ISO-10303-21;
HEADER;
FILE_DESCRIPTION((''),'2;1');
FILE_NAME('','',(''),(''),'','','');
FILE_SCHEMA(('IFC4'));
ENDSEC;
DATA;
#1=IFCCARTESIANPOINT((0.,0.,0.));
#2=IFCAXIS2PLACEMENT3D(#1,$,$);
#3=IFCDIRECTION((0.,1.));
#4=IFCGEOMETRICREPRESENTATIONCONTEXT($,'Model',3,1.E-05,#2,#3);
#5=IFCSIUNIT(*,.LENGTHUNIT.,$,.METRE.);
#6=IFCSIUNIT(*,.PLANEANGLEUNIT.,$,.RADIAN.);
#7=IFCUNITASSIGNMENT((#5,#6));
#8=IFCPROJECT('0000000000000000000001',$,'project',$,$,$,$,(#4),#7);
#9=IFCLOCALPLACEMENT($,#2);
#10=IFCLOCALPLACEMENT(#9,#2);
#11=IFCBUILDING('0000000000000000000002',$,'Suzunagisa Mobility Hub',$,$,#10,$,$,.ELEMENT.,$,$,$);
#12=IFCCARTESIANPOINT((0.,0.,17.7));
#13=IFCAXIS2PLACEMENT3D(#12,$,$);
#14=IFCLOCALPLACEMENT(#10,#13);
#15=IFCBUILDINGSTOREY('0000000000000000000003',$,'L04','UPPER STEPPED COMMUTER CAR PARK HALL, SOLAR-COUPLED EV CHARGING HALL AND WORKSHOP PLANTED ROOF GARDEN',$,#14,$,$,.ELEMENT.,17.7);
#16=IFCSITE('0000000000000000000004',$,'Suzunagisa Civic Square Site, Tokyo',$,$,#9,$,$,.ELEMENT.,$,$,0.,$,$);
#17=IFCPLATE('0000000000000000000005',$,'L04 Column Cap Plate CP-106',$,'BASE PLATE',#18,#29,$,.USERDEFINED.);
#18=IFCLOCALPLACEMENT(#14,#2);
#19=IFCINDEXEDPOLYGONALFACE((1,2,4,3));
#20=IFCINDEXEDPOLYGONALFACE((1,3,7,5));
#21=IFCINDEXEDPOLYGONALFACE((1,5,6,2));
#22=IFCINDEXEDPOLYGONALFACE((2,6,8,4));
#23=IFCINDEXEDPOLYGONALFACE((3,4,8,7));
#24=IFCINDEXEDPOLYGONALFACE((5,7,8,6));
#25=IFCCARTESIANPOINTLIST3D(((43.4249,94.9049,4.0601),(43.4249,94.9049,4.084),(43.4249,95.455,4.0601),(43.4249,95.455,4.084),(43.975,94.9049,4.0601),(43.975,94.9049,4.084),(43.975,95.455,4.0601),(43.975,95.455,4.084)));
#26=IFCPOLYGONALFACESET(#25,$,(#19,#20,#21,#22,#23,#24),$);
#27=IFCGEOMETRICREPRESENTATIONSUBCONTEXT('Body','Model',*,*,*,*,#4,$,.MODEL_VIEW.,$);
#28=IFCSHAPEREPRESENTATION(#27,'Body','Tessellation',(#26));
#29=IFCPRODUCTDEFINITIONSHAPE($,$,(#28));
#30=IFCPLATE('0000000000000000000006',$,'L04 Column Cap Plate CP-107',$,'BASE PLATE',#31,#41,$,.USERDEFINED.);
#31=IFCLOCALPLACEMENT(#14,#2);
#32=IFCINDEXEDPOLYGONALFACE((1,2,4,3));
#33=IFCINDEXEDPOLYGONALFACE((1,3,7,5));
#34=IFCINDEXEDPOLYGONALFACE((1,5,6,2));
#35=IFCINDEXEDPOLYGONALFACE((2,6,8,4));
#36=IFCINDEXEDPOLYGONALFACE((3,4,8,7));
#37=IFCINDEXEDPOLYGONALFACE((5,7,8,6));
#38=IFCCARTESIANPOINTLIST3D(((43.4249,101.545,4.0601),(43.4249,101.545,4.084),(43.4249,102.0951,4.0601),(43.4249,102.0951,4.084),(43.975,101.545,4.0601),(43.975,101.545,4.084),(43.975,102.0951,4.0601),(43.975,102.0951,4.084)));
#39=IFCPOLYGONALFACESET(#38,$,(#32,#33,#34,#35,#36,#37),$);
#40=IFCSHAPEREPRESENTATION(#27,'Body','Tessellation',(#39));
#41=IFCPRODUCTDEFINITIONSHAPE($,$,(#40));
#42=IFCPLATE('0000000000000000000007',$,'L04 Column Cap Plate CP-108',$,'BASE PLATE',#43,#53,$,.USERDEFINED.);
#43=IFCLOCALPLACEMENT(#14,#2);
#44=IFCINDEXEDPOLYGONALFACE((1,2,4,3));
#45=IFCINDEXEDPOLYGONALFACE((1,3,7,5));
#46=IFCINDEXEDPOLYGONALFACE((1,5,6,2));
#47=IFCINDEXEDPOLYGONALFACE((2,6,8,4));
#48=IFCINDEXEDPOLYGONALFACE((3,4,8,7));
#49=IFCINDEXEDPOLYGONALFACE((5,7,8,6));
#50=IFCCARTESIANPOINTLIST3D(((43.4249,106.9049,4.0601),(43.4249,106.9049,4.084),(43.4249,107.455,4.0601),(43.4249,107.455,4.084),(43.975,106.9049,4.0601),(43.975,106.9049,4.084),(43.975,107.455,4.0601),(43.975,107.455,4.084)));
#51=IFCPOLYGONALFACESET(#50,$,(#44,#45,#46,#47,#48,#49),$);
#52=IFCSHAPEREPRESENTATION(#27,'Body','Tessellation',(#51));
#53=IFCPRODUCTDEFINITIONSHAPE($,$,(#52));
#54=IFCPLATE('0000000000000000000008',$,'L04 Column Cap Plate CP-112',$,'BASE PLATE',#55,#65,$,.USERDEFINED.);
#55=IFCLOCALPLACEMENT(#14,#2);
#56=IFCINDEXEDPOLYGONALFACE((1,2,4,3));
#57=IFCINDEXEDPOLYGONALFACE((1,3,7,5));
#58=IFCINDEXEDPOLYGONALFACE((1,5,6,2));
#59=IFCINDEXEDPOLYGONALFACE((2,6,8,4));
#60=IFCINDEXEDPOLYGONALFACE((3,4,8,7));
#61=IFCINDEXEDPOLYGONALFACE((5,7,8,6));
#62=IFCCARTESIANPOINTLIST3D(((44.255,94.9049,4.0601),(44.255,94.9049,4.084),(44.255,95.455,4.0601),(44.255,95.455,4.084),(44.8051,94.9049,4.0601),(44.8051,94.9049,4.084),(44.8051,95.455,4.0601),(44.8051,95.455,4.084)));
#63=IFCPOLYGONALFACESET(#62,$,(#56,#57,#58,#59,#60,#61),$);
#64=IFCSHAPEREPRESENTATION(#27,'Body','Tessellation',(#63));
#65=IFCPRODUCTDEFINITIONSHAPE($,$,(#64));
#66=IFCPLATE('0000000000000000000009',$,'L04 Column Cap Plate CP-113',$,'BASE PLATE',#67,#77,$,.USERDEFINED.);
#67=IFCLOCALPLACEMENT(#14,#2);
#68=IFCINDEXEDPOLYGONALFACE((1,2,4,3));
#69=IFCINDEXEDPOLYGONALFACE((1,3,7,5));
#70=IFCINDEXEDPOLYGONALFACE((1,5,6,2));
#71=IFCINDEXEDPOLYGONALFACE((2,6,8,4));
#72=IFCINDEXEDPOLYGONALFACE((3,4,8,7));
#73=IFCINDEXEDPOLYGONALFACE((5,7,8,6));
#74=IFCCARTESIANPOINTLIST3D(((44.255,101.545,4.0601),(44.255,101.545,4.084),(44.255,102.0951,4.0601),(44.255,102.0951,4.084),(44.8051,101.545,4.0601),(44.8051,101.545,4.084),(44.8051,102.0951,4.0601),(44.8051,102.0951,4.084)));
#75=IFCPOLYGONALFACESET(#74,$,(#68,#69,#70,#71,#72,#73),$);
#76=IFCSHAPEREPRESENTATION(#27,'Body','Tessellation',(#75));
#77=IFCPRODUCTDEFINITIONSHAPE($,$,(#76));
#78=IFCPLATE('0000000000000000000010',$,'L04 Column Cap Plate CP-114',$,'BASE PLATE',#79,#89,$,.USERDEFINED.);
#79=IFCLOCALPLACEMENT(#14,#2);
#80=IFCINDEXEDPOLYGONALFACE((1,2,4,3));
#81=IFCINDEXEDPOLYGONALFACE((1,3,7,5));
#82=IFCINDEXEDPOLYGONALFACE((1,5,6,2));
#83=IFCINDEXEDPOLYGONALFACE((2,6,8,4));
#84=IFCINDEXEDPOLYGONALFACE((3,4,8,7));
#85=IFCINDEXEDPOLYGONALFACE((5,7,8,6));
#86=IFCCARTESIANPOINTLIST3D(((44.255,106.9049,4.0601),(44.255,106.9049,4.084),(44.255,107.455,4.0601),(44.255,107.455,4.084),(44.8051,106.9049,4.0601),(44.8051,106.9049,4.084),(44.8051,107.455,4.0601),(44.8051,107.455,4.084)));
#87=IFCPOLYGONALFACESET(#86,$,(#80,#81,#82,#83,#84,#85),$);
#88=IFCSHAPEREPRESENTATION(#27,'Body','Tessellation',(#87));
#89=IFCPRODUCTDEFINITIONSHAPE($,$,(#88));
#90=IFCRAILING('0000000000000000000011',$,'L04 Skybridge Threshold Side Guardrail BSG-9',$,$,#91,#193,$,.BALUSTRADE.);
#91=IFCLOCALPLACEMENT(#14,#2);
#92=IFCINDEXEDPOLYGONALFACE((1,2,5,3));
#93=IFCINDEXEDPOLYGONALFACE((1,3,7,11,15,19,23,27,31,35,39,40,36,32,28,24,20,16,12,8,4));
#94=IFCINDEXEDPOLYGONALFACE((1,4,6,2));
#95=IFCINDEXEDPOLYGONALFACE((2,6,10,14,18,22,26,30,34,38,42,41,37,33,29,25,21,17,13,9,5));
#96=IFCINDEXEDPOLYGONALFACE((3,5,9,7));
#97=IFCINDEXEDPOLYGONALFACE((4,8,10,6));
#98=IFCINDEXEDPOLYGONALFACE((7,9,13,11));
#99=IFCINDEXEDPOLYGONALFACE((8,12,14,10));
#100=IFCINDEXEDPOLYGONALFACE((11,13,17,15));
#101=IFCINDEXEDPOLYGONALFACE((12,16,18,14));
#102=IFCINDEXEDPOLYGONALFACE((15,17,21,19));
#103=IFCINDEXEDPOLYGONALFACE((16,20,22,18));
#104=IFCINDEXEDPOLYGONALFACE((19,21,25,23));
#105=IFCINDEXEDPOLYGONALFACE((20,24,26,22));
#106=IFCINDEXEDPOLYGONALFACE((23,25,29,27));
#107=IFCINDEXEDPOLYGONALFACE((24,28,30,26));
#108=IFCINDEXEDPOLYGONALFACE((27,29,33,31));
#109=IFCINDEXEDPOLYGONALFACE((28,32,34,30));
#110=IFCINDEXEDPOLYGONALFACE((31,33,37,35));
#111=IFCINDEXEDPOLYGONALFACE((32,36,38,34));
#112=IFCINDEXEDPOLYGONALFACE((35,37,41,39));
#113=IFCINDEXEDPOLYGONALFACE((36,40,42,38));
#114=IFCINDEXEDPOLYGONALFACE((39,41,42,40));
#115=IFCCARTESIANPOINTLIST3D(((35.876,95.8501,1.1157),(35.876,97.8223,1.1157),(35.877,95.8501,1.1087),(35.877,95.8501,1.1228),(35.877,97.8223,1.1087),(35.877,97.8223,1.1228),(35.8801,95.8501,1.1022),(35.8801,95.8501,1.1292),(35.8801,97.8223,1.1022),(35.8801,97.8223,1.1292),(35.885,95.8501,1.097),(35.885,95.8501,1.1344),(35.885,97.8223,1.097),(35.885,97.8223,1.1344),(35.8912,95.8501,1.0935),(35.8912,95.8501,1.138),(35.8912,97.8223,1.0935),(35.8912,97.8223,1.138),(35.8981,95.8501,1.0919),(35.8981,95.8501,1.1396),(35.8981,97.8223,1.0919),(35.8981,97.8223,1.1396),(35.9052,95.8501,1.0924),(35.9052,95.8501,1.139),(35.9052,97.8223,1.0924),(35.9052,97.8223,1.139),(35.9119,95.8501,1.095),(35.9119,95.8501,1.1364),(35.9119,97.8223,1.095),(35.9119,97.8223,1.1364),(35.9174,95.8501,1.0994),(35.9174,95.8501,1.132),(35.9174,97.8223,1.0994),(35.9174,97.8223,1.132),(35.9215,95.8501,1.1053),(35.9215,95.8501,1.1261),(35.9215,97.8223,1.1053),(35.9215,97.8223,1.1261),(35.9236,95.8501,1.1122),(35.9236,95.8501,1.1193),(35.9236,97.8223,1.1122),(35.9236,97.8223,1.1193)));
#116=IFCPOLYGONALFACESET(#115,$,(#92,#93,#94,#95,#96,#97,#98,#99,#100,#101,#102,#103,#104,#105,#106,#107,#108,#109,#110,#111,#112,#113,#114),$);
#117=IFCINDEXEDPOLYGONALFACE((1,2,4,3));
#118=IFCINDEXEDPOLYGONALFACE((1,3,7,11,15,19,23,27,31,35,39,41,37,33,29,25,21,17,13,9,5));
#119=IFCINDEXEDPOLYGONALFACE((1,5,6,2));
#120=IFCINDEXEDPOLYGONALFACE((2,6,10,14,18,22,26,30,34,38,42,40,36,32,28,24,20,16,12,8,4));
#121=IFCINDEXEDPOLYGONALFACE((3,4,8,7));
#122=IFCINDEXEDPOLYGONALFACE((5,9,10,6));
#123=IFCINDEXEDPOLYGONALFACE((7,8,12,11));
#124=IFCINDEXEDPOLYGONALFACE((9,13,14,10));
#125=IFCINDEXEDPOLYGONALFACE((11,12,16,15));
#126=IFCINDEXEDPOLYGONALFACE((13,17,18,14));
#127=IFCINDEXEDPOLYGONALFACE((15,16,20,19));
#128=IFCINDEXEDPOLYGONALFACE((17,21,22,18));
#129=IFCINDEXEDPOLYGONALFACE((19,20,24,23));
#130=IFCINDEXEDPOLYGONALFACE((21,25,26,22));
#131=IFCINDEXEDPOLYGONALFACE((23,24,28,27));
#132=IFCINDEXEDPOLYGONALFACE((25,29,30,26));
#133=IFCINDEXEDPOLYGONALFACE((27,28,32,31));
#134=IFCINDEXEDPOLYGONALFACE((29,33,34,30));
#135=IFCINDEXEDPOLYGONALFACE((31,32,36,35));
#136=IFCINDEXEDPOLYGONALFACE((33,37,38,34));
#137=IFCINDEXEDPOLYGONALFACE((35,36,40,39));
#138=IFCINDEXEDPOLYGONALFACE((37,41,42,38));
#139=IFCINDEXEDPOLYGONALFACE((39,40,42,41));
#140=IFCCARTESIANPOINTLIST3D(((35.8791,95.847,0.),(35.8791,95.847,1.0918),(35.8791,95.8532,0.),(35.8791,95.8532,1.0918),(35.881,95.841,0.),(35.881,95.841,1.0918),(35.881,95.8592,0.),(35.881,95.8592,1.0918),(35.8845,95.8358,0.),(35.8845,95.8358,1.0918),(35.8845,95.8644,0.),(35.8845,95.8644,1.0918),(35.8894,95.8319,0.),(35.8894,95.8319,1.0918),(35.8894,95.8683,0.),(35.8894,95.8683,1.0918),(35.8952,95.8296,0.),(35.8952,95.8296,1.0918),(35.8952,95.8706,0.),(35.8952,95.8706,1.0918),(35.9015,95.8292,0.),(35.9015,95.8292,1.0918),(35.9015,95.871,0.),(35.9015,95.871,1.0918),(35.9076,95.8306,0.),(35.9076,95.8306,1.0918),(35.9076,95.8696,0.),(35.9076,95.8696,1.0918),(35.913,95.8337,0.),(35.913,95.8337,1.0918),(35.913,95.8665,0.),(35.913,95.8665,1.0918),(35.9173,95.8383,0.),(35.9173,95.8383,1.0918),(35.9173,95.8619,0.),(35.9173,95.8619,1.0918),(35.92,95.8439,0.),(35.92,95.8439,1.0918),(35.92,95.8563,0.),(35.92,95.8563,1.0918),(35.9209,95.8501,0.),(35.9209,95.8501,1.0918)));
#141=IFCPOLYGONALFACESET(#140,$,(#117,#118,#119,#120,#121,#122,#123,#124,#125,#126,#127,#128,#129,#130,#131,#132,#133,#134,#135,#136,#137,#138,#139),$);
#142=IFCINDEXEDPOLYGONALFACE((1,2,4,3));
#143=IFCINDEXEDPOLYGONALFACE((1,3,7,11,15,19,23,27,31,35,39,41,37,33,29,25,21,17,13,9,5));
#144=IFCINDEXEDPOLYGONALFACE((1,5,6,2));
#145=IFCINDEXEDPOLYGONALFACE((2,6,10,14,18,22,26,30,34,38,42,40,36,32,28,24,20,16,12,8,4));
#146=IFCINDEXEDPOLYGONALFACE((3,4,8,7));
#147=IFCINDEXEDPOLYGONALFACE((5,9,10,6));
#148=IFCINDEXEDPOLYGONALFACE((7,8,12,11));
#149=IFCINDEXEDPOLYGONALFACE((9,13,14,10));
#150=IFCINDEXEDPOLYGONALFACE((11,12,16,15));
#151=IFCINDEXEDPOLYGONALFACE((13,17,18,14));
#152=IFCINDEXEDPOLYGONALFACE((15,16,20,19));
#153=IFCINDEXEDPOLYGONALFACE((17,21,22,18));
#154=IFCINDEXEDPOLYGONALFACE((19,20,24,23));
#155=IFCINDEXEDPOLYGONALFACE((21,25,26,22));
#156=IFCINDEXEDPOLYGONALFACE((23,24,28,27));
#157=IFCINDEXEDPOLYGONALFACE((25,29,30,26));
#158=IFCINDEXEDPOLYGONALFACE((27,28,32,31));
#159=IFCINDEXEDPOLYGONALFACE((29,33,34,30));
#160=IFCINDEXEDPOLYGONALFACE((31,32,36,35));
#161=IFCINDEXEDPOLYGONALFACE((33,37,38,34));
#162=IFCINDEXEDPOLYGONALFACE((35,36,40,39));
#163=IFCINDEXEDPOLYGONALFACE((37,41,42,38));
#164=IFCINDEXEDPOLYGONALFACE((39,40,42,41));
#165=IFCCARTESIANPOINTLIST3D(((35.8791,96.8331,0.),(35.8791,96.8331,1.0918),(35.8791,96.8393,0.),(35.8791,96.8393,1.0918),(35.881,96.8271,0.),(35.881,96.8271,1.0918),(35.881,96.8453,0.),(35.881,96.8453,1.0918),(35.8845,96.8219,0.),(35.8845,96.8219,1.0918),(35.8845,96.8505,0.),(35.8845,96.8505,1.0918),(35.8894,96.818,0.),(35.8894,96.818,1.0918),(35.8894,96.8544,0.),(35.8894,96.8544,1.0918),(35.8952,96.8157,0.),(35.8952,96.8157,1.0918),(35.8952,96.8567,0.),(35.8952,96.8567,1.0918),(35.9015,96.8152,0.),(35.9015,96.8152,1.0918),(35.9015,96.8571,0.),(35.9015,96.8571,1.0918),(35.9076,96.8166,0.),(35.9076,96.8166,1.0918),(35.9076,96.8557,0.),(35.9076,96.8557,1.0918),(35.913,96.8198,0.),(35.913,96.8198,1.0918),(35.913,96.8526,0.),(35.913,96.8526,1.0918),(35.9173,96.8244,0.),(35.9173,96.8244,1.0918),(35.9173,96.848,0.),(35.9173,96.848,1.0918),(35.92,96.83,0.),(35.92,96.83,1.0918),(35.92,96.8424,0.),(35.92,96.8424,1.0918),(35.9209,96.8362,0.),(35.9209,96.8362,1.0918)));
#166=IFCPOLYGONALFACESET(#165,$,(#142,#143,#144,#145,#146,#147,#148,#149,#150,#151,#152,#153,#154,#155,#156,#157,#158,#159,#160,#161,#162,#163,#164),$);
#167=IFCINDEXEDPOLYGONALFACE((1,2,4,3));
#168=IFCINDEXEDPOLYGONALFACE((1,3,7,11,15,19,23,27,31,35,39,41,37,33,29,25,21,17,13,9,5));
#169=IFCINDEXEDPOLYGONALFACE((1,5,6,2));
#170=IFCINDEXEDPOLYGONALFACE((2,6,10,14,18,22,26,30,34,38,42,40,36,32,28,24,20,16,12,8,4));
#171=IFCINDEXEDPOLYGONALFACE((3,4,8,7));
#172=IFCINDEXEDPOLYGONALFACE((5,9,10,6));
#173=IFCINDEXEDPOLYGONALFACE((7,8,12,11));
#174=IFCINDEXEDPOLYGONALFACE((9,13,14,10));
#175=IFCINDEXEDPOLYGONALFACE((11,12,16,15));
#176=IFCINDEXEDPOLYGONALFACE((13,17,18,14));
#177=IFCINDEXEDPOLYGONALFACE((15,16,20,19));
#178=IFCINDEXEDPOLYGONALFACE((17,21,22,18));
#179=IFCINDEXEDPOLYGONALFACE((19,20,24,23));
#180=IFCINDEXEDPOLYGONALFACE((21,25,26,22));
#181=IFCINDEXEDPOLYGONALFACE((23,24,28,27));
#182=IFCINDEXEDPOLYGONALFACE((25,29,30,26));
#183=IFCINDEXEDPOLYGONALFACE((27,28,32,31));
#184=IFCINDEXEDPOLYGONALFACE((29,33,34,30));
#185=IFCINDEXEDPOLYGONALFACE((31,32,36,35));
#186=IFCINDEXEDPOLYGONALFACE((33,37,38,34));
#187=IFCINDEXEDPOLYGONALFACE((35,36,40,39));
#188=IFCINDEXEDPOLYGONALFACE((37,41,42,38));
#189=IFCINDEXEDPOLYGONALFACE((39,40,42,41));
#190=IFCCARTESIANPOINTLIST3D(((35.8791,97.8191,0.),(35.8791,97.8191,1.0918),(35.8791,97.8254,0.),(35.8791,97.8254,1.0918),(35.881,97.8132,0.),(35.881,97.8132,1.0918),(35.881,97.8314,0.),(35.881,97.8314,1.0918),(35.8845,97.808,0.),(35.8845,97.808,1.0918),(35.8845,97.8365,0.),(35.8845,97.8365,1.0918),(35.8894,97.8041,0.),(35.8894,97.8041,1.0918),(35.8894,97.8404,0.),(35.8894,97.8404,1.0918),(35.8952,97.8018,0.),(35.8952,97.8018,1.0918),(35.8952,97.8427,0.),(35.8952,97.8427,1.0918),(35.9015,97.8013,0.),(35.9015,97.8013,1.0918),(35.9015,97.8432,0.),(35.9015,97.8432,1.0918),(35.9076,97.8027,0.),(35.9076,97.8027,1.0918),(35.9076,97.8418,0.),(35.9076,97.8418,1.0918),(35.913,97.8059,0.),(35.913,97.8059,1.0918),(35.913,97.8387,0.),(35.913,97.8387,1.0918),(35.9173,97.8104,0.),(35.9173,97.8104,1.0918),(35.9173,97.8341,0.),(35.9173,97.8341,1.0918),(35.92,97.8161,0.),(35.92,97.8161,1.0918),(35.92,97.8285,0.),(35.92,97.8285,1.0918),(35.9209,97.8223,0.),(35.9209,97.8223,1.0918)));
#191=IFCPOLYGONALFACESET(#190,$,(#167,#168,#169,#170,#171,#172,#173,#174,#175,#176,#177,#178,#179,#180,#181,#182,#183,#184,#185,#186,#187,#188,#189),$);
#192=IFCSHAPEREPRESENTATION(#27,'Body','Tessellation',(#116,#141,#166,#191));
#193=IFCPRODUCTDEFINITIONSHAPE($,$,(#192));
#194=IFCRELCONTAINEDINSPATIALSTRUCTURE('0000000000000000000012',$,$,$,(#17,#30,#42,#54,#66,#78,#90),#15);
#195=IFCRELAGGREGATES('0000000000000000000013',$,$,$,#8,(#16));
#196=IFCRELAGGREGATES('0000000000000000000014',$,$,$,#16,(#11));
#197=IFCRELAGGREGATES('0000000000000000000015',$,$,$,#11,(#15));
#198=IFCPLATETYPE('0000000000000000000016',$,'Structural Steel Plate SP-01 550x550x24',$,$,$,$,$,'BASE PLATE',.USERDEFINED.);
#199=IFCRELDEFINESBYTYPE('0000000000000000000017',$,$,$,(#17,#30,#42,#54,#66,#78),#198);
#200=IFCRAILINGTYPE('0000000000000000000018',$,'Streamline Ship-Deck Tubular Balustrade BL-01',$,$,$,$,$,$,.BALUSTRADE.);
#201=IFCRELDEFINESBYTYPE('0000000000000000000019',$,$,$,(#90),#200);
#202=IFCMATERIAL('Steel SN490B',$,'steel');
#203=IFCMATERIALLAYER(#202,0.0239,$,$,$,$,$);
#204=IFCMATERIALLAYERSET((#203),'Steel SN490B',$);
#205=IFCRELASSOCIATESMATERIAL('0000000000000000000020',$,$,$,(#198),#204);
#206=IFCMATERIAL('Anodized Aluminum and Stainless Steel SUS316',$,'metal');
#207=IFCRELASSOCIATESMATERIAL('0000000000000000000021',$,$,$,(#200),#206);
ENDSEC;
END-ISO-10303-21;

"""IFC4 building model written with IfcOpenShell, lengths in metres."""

from ifc_helpers import new_model, si_unit, direction, frame, origin, origin_2d, place, context, subcontext, project, spatial, rectangle, circle, extrude, material, layer, layer_set, type_object, element, save


model = new_model("IFC4")

# Units and contexts
model_context = context("Model", 3, precision=1e-05, world=origin(), true_north=direction((0.0, 1.0)))
body_context = subcontext(model_context, "Body", "Model", "MODEL_VIEW")
ifc_project = project(units=[si_unit("LENGTHUNIT", "METRE"), si_unit("PLANEANGLEUNIT", "RADIAN")], contexts=[model_context])

# Site, building, storey
site_placement = place(None, origin())
site = spatial("IfcSite", under=ifc_project, at=site_placement, Name="Suzunagisa Civic Square Site, Tokyo", CompositionType="ELEMENT", RefElevation=0.0)
building_placement = place(site_placement, origin())
building = spatial("IfcBuilding", under=site, at=building_placement, Name="Suzunagisa Mobility Hub", CompositionType="ELEMENT")
storey_placement = place(building_placement, frame((0.0, 0.0, 17.7)))
storey = spatial("IfcBuildingStorey", under=building, at=storey_placement, Name="L04", Description="UPPER STEPPED COMMUTER CAR PARK HALL, SOLAR-COUPLED EV CHARGING HALL AND WORKSHOP PLANTED ROOF GARDEN", CompositionType="ELEMENT", Elevation=17.7)

# Shared definitions
ifc_material_1 = material(Name="Steel SN490B", Category="steel")

# Plates
ifc_layer = layer(ifc_material_1, 0.0239)
ifc_layer_set = layer_set([ifc_layer], Name="Steel SN490B")
plate_type = type_object("IfcPlateType", Name="Structural Steel Plate SP-01 550x550x24", ElementType="BASE PLATE", PredefinedType="USERDEFINED", material=ifc_layer_set)
for number, where, z_axis, x_axis, name in (
    (1, (43.7, 95.1799, 4.0601), (0.0, 0.0, 1.0), (1.0, 0.0, 0.0), "L04 Column Cap Plate CP-106"),
    (2, (43.7, 101.8201, 4.0601), (0.0, 0.0, 1.0), (1.0, 0.0, 0.0), "L04 Column Cap Plate CP-107"),
    (3, (43.7, 107.1799, 4.0601), (0.0, 0.0, 1.0), (1.0, 0.0, 0.0), "L04 Column Cap Plate CP-108"),
    (4, (44.53, 95.1799, 4.0601), (0.0, 0.0, 1.0), (1.0, 0.0, 0.0), "L04 Column Cap Plate CP-112"),
    (5, (44.53, 101.8201, 4.0601), (0.0, 0.0, 1.0), (1.0, 0.0, 0.0), "L04 Column Cap Plate CP-113"),
    (6, (44.53, 107.1799, 4.0601), (0.0, 0.0, 1.0), (1.0, 0.0, 0.0), "L04 Column Cap Plate CP-114"),
):
    element("IfcPlate", number, at=place(storey_placement, frame(where, z_axis=z_axis, x_axis=x_axis)), inside=storey, type_object=plate_type, Name=name, ObjectType="BASE PLATE", PredefinedType="USERDEFINED", context=body_context, shape_type="SweptSolid", body=[
        extrude(rectangle(XDim=0.55, YDim=0.55, at=origin_2d()), origin(), (0.0, 0.0, 1.0), 0.0239),
    ])

# Railing
ifc_material_2 = material(Name="Anodized Aluminum and Stainless Steel SUS316", Category="metal")
railing_type_1 = type_object("IfcRailingType", Name="Streamline Ship-Deck Tubular Balustrade BL-01", PredefinedType="BALUSTRADE", material=ifc_material_2)
railing_1_placement = place(storey_placement, frame((35.8999, 95.8501, 0.0)))
element("IfcRailing", 7, at=railing_1_placement, inside=storey, type_object=railing_type_1, Name="L04 Skybridge Threshold Side Guardrail BSG-9", PredefinedType="BALUSTRADE", context=body_context, shape_type="SweptSolid", body=[
    extrude(circle(Radius=0.0239, at=origin_2d()), frame((0.0, 0.0, 1.1157), z_axis=(0.0, 1.0, 0.0), x_axis=(-1.0, 0.0, 0.0)), (0.0, 0.0, 1.0), 1.9722),
    extrude(circle(Radius=0.021, at=origin_2d()), origin(), (0.0, 0.0, 1.0), 1.0918),
    extrude(circle(Radius=0.021, at=origin_2d()), frame((0.0, 0.9861, 0.0)), (0.0, 0.0, 1.0), 1.0918),
    extrude(circle(Radius=0.021, at=origin_2d()), frame((0.0, 1.9722, 0.0)), (0.0, 0.0, 1.0), 1.0918),
])

save(model, "model.ifc")
